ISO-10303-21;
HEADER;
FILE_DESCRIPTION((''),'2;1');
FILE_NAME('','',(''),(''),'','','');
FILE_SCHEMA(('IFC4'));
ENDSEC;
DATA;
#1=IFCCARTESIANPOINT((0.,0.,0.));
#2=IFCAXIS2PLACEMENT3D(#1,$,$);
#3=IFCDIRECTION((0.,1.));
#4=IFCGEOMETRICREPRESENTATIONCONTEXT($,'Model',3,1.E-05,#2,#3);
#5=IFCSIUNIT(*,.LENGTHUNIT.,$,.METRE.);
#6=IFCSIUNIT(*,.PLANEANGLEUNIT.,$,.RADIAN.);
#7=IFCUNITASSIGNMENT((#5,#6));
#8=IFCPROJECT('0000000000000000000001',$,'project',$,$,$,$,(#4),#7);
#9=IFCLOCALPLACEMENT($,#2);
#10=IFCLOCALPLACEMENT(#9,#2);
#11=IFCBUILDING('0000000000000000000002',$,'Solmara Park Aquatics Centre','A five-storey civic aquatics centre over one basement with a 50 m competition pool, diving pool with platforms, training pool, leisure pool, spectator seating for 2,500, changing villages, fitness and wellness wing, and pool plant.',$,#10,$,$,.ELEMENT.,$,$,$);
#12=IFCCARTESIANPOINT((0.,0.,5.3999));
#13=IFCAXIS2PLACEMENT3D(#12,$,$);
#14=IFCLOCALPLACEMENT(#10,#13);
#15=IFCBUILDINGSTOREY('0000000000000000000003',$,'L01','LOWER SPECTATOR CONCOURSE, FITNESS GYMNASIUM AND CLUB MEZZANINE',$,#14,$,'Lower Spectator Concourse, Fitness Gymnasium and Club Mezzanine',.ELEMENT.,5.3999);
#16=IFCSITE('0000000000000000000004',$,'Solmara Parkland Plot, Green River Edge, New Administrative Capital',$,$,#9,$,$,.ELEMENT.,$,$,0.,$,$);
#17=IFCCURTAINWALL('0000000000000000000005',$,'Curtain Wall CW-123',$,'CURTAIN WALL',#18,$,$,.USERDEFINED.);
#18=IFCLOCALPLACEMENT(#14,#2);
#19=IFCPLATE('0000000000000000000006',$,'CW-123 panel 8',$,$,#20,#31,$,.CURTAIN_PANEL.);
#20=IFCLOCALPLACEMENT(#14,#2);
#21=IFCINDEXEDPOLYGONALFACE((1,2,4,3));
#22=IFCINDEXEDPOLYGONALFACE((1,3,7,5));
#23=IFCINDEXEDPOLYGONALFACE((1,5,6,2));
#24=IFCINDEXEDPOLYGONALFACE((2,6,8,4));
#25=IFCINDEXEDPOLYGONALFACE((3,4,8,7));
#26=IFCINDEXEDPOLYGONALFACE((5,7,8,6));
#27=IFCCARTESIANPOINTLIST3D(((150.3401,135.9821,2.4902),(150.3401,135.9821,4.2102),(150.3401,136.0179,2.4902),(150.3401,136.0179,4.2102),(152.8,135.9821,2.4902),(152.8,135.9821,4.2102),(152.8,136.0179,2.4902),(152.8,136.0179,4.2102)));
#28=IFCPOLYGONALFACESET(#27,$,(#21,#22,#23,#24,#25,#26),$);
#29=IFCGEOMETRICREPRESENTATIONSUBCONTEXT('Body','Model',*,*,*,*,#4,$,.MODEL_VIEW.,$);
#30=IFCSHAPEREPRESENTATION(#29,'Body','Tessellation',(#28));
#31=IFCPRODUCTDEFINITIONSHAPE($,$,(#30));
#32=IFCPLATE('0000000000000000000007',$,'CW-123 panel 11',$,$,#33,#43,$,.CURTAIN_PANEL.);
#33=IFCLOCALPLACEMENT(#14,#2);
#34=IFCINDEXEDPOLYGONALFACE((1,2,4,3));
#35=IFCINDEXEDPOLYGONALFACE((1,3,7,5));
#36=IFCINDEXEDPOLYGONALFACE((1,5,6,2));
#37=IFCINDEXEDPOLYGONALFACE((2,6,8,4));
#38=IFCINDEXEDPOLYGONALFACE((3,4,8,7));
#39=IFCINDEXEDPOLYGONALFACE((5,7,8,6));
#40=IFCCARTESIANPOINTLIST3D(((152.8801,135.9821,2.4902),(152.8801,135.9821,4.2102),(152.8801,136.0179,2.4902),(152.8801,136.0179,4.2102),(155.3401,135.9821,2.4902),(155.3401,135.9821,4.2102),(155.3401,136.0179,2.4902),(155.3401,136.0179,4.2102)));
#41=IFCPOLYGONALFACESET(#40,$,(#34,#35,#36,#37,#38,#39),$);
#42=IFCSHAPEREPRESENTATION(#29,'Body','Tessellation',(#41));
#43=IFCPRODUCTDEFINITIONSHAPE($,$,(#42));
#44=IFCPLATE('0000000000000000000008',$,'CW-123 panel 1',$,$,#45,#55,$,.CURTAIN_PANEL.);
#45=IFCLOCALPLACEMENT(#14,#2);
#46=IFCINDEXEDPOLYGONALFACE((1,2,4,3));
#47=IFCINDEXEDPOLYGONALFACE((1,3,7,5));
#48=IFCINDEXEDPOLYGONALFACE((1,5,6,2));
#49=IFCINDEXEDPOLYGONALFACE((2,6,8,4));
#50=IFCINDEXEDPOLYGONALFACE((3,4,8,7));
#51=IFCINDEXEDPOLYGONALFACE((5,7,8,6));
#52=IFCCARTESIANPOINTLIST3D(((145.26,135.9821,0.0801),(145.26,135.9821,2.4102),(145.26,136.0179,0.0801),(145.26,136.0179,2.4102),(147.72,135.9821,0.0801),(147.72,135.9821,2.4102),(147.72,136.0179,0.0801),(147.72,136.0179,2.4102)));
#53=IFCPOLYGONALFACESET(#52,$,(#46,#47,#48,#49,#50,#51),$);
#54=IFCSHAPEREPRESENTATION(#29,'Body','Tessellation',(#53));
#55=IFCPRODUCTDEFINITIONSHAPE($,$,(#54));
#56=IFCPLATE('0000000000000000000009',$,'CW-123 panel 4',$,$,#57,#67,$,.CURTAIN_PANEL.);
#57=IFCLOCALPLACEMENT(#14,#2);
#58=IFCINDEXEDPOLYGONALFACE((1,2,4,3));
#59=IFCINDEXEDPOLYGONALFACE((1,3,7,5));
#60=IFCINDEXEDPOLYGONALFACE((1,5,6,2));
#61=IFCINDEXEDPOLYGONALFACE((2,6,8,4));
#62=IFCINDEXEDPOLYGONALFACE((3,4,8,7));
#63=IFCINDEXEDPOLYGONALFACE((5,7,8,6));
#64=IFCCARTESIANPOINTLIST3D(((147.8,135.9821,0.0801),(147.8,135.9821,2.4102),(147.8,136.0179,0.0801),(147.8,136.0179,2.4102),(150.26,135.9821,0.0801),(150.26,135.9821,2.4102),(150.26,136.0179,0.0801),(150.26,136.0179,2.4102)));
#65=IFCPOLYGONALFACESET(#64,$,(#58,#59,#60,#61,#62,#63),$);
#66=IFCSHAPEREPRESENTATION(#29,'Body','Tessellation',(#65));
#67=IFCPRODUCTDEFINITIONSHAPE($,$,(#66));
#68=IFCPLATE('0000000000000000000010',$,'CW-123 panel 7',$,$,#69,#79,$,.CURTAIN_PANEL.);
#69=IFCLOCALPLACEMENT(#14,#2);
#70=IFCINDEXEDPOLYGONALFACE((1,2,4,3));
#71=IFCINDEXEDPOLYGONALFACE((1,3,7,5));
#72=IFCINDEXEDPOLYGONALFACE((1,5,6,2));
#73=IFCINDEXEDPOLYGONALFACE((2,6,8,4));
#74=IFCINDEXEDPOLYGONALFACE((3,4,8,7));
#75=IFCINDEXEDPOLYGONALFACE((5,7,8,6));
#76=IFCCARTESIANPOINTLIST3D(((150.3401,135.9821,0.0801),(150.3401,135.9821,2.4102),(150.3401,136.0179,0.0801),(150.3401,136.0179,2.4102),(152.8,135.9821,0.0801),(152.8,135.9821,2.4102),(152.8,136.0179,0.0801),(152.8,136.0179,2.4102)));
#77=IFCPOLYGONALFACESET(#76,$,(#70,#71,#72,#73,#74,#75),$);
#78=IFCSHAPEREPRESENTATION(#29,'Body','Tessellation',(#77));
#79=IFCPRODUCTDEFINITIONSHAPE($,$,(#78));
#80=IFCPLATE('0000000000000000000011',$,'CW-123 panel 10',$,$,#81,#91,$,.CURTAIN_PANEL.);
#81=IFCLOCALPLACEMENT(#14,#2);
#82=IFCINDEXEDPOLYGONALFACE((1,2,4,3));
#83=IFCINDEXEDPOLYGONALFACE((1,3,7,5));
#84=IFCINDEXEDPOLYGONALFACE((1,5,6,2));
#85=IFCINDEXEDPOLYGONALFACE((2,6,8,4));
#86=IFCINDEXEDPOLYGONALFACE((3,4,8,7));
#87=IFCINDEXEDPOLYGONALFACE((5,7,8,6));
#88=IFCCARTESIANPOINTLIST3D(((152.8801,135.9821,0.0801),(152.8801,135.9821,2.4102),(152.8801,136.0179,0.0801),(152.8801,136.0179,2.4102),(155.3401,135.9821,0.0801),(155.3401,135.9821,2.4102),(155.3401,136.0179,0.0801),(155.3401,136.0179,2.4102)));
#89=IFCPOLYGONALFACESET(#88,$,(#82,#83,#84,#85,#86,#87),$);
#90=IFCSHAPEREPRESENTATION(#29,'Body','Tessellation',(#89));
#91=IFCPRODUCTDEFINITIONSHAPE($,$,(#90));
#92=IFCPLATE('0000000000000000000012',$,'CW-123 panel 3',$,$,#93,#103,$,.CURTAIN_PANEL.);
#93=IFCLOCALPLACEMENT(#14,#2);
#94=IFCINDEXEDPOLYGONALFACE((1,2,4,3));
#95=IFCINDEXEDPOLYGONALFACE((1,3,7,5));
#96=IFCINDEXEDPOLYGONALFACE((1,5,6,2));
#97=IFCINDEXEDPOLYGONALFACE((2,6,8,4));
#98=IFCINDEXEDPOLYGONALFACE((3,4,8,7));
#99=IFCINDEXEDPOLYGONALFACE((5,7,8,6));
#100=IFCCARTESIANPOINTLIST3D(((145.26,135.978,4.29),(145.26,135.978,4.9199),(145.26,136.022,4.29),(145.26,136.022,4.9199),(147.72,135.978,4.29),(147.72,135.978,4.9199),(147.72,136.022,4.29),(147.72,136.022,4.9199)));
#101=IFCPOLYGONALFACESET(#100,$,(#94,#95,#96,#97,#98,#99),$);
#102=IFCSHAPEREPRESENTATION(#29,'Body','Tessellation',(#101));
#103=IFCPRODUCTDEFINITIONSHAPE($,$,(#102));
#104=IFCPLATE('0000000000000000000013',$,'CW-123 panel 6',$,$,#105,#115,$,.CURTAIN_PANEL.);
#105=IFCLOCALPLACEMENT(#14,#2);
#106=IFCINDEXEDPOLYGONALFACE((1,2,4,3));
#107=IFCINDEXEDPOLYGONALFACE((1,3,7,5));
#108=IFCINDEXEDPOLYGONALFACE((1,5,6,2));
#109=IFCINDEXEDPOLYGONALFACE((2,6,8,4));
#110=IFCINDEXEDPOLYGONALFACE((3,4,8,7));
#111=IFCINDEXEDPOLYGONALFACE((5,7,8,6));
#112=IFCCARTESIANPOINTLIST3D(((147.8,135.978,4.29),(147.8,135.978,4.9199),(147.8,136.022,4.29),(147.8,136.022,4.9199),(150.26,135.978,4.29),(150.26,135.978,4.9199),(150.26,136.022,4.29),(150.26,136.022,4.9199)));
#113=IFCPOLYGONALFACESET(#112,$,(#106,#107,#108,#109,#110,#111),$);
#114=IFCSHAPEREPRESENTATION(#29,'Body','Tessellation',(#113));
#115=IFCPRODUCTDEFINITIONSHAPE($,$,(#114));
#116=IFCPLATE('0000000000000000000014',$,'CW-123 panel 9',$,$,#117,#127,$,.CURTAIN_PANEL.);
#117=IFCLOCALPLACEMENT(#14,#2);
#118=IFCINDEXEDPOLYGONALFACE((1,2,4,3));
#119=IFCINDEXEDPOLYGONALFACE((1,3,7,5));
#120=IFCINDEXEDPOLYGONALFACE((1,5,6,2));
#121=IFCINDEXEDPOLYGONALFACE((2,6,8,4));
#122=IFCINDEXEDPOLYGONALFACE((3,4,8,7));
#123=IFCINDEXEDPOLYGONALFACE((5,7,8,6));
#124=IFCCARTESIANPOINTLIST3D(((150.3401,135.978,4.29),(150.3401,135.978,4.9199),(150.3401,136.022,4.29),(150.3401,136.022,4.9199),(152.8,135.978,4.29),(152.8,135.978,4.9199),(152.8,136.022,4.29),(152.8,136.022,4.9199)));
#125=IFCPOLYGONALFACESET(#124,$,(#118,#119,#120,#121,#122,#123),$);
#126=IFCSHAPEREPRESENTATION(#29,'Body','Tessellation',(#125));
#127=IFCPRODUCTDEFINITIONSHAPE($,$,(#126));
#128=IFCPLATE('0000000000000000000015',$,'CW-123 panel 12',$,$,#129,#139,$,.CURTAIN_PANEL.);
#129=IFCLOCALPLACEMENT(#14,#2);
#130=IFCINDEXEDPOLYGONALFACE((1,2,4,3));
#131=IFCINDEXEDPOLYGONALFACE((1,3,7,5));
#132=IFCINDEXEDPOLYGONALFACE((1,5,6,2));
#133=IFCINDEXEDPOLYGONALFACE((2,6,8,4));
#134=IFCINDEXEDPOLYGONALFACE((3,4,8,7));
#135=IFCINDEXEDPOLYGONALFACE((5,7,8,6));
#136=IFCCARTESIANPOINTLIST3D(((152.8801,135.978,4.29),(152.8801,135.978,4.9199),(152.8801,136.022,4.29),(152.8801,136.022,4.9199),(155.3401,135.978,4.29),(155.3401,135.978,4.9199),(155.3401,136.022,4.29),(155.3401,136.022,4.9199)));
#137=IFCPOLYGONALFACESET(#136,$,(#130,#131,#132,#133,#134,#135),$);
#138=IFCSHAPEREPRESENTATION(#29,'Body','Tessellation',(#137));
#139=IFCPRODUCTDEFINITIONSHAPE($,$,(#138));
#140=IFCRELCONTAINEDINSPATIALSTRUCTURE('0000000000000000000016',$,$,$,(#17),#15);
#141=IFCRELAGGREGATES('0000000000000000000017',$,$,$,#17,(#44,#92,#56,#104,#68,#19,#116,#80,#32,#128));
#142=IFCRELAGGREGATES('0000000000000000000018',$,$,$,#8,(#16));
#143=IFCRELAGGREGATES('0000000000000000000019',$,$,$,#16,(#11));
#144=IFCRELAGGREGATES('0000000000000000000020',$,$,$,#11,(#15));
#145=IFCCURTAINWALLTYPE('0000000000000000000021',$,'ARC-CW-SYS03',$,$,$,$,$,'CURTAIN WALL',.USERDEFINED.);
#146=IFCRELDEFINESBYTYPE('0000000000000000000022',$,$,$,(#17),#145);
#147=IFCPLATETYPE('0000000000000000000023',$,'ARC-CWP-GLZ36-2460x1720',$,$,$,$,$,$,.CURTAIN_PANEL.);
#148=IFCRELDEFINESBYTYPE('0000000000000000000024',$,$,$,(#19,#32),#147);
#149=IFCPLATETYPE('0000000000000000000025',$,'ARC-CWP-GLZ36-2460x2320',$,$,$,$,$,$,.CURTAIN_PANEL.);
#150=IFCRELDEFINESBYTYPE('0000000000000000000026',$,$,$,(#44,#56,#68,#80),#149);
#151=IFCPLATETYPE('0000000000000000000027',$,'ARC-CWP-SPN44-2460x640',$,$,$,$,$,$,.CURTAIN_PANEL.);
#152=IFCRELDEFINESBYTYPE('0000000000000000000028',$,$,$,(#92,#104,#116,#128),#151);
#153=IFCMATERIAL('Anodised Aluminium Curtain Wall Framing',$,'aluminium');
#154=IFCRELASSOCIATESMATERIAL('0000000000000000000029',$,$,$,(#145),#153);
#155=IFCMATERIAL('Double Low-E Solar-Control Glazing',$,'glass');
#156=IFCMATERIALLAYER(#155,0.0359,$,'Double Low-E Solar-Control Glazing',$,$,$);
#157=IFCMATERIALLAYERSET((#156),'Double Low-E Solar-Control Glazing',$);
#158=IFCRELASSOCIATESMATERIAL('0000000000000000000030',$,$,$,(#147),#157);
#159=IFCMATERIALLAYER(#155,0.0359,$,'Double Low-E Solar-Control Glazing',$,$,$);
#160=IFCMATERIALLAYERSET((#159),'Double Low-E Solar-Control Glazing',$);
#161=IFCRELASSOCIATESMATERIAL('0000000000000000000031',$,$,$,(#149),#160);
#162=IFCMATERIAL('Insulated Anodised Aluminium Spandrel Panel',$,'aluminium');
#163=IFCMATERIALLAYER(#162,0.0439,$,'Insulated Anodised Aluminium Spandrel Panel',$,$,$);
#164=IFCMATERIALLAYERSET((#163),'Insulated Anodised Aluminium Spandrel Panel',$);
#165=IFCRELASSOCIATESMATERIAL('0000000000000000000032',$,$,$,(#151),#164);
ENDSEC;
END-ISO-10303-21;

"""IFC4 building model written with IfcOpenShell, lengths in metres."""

from ifc_helpers import new_model, si_unit, direction, frame, origin, origin_2d, place, context, subcontext, project, spatial, rectangle, extrude, material, layer, layer_set, type_object, element, aggregate, save


model = new_model("IFC4")

# Units and contexts
model_context = context("Model", 3, precision=1e-05, world=origin(), true_north=direction((0.0, 1.0)))
body_context = subcontext(model_context, "Body", "Model", "MODEL_VIEW")
ifc_project = project(units=[si_unit("LENGTHUNIT", "METRE"), si_unit("PLANEANGLEUNIT", "RADIAN")], contexts=[model_context])

# Site, building, storey
site_placement = place(None, origin())
site = spatial("IfcSite", under=ifc_project, at=site_placement, Name="Solmara Parkland Plot, Green River Edge, New Administrative Capital", CompositionType="ELEMENT", RefElevation=0.0)
building_placement = place(site_placement, origin())
building = spatial("IfcBuilding", under=site, at=building_placement, Name="Solmara Park Aquatics Centre", Description="A five-storey civic aquatics centre over one basement with a 50 m competition pool, diving pool with platforms, training pool, leisure pool, spectator seating for 2,500, changing villages, fitness and wellness wing, and pool plant.", CompositionType="ELEMENT")
storey_placement = place(building_placement, frame((0.0, 0.0, 5.3999)))
storey = spatial("IfcBuildingStorey", under=building, at=storey_placement, Name="L01", Description="LOWER SPECTATOR CONCOURSE, FITNESS GYMNASIUM AND CLUB MEZZANINE", LongName="Lower Spectator Concourse, Fitness Gymnasium and Club Mezzanine", CompositionType="ELEMENT", Elevation=5.3999)

# Curtain wall, plates
ifc_material_1 = material(Name="Anodised Aluminium Curtain Wall Framing", Category="aluminium")
curtain_wall_type = type_object("IfcCurtainWallType", Name="ARC-CW-SYS03", ElementType="CURTAIN WALL", PredefinedType="USERDEFINED", material=ifc_material_1)
curtain_wall_placement = place(storey_placement, origin())
curtain_wall = element("IfcCurtainWall", 1, at=curtain_wall_placement, inside=storey, type_object=curtain_wall_type, Name="Curtain Wall CW-123", ObjectType="CURTAIN WALL", PredefinedType="USERDEFINED")
ifc_material_2 = material(Name="Double Low-E Solar-Control Glazing", Category="glass")
ifc_layer_1 = layer(ifc_material_2, 0.0359, Name="Double Low-E Solar-Control Glazing")
ifc_layer_set_1 = layer_set([ifc_layer_1], Name="Double Low-E Solar-Control Glazing")
plate_type_1 = type_object("IfcPlateType", Name="ARC-CWP-GLZ36-2460x1720", PredefinedType="CURTAIN_PANEL", material=ifc_layer_set_1)
plate_1_placement = place(storey_placement, frame((151.5701, 136.0, 2.4902), z_axis=(0.0, 0.0, 1.0), x_axis=(1.0, 0.0, 0.0)))
plate_1 = element("IfcPlate", 2, at=plate_1_placement, type_object=plate_type_1, Name="CW-123 panel 8", PredefinedType="CURTAIN_PANEL", context=body_context, shape_type="SweptSolid", body=[
    extrude(rectangle(XDim=2.46, YDim=0.0359, at=origin_2d()), origin(), (0.0, 0.0, 1.0), 1.72),
])
plate_2_placement = place(storey_placement, frame((154.1101, 136.0, 2.4902), z_axis=(0.0, 0.0, 1.0), x_axis=(1.0, 0.0, 0.0)))
plate_2 = element("IfcPlate", 3, at=plate_2_placement, type_object=plate_type_1, Name="CW-123 panel 11", PredefinedType="CURTAIN_PANEL", context=body_context, shape_type="SweptSolid", body=[
    extrude(rectangle(XDim=2.46, YDim=0.0359, at=origin_2d()), origin(), (0.0, 0.0, 1.0), 1.72),
])
ifc_layer_2 = layer(ifc_material_2, 0.0359, Name="Double Low-E Solar-Control Glazing")
ifc_layer_set_2 = layer_set([ifc_layer_2], Name="Double Low-E Solar-Control Glazing")
plate_type_2 = type_object("IfcPlateType", Name="ARC-CWP-GLZ36-2460x2320", PredefinedType="CURTAIN_PANEL", material=ifc_layer_set_2)
plate_3_placement = place(storey_placement, frame((146.49, 136.0, 0.0801), z_axis=(0.0, 0.0, 1.0), x_axis=(1.0, 0.0, 0.0)))
plate_3 = element("IfcPlate", 4, at=plate_3_placement, type_object=plate_type_2, Name="CW-123 panel 1", PredefinedType="CURTAIN_PANEL", context=body_context, shape_type="SweptSolid", body=[
    extrude(rectangle(XDim=2.46, YDim=0.0359, at=origin_2d()), origin(), (0.0, 0.0, 1.0), 2.3301),
])
plate_4_placement = place(storey_placement, frame((149.03, 136.0, 0.0801), z_axis=(0.0, 0.0, 1.0), x_axis=(1.0, 0.0, 0.0)))
plate_4 = element("IfcPlate", 5, at=plate_4_placement, type_object=plate_type_2, Name="CW-123 panel 4", PredefinedType="CURTAIN_PANEL", context=body_context, shape_type="SweptSolid", body=[
    extrude(rectangle(XDim=2.46, YDim=0.0359, at=origin_2d()), origin(), (0.0, 0.0, 1.0), 2.3301),
])
plate_5_placement = place(storey_placement, frame((151.5701, 136.0, 0.0801), z_axis=(0.0, 0.0, 1.0), x_axis=(1.0, 0.0, 0.0)))
plate_5 = element("IfcPlate", 6, at=plate_5_placement, type_object=plate_type_2, Name="CW-123 panel 7", PredefinedType="CURTAIN_PANEL", context=body_context, shape_type="SweptSolid", body=[
    extrude(rectangle(XDim=2.46, YDim=0.0359, at=origin_2d()), origin(), (0.0, 0.0, 1.0), 2.3301),
])
plate_6_placement = place(storey_placement, frame((154.1101, 136.0, 0.0801), z_axis=(0.0, 0.0, 1.0), x_axis=(1.0, 0.0, 0.0)))
plate_6 = element("IfcPlate", 7, at=plate_6_placement, type_object=plate_type_2, Name="CW-123 panel 10", PredefinedType="CURTAIN_PANEL", context=body_context, shape_type="SweptSolid", body=[
    extrude(rectangle(XDim=2.46, YDim=0.0359, at=origin_2d()), origin(), (0.0, 0.0, 1.0), 2.3301),
])
ifc_material_3 = material(Name="Insulated Anodised Aluminium Spandrel Panel", Category="aluminium")
ifc_layer_3 = layer(ifc_material_3, 0.0439, Name="Insulated Anodised Aluminium Spandrel Panel")
ifc_layer_set_3 = layer_set([ifc_layer_3], Name="Insulated Anodised Aluminium Spandrel Panel")
plate_type_3 = type_object("IfcPlateType", Name="ARC-CWP-SPN44-2460x640", PredefinedType="CURTAIN_PANEL", material=ifc_layer_set_3)
plate_7_placement = place(storey_placement, frame((146.49, 136.0, 4.29), z_axis=(0.0, 0.0, 1.0), x_axis=(1.0, 0.0, 0.0)))
plate_7 = element("IfcPlate", 8, at=plate_7_placement, type_object=plate_type_3, Name="CW-123 panel 3", PredefinedType="CURTAIN_PANEL", context=body_context, shape_type="SweptSolid", body=[
    extrude(rectangle(XDim=2.46, YDim=0.0439, at=origin_2d()), origin(), (0.0, 0.0, 1.0), 0.6299),
])
plate_8_placement = place(storey_placement, frame((149.03, 136.0, 4.29), z_axis=(0.0, 0.0, 1.0), x_axis=(1.0, 0.0, 0.0)))
plate_8 = element("IfcPlate", 9, at=plate_8_placement, type_object=plate_type_3, Name="CW-123 panel 6", PredefinedType="CURTAIN_PANEL", context=body_context, shape_type="SweptSolid", body=[
    extrude(rectangle(XDim=2.46, YDim=0.0439, at=origin_2d()), origin(), (0.0, 0.0, 1.0), 0.6299),
])
plate_9_placement = place(storey_placement, frame((151.5701, 136.0, 4.29), z_axis=(0.0, 0.0, 1.0), x_axis=(1.0, 0.0, 0.0)))
plate_9 = element("IfcPlate", 10, at=plate_9_placement, type_object=plate_type_3, Name="CW-123 panel 9", PredefinedType="CURTAIN_PANEL", context=body_context, shape_type="SweptSolid", body=[
    extrude(rectangle(XDim=2.46, YDim=0.0439, at=origin_2d()), origin(), (0.0, 0.0, 1.0), 0.6299),
])
plate_10_placement = place(storey_placement, frame((154.1101, 136.0, 4.29), z_axis=(0.0, 0.0, 1.0), x_axis=(1.0, 0.0, 0.0)))
plate_10 = element("IfcPlate", 11, at=plate_10_placement, type_object=plate_type_3, Name="CW-123 panel 12", PredefinedType="CURTAIN_PANEL", context=body_context, shape_type="SweptSolid", body=[
    extrude(rectangle(XDim=2.46, YDim=0.0439, at=origin_2d()), origin(), (0.0, 0.0, 1.0), 0.6299),
])
aggregate(curtain_wall, [plate_3, plate_7, plate_4, plate_8, plate_5, plate_1, plate_9, plate_6, plate_2, plate_10])

save(model, "model.ifc")
